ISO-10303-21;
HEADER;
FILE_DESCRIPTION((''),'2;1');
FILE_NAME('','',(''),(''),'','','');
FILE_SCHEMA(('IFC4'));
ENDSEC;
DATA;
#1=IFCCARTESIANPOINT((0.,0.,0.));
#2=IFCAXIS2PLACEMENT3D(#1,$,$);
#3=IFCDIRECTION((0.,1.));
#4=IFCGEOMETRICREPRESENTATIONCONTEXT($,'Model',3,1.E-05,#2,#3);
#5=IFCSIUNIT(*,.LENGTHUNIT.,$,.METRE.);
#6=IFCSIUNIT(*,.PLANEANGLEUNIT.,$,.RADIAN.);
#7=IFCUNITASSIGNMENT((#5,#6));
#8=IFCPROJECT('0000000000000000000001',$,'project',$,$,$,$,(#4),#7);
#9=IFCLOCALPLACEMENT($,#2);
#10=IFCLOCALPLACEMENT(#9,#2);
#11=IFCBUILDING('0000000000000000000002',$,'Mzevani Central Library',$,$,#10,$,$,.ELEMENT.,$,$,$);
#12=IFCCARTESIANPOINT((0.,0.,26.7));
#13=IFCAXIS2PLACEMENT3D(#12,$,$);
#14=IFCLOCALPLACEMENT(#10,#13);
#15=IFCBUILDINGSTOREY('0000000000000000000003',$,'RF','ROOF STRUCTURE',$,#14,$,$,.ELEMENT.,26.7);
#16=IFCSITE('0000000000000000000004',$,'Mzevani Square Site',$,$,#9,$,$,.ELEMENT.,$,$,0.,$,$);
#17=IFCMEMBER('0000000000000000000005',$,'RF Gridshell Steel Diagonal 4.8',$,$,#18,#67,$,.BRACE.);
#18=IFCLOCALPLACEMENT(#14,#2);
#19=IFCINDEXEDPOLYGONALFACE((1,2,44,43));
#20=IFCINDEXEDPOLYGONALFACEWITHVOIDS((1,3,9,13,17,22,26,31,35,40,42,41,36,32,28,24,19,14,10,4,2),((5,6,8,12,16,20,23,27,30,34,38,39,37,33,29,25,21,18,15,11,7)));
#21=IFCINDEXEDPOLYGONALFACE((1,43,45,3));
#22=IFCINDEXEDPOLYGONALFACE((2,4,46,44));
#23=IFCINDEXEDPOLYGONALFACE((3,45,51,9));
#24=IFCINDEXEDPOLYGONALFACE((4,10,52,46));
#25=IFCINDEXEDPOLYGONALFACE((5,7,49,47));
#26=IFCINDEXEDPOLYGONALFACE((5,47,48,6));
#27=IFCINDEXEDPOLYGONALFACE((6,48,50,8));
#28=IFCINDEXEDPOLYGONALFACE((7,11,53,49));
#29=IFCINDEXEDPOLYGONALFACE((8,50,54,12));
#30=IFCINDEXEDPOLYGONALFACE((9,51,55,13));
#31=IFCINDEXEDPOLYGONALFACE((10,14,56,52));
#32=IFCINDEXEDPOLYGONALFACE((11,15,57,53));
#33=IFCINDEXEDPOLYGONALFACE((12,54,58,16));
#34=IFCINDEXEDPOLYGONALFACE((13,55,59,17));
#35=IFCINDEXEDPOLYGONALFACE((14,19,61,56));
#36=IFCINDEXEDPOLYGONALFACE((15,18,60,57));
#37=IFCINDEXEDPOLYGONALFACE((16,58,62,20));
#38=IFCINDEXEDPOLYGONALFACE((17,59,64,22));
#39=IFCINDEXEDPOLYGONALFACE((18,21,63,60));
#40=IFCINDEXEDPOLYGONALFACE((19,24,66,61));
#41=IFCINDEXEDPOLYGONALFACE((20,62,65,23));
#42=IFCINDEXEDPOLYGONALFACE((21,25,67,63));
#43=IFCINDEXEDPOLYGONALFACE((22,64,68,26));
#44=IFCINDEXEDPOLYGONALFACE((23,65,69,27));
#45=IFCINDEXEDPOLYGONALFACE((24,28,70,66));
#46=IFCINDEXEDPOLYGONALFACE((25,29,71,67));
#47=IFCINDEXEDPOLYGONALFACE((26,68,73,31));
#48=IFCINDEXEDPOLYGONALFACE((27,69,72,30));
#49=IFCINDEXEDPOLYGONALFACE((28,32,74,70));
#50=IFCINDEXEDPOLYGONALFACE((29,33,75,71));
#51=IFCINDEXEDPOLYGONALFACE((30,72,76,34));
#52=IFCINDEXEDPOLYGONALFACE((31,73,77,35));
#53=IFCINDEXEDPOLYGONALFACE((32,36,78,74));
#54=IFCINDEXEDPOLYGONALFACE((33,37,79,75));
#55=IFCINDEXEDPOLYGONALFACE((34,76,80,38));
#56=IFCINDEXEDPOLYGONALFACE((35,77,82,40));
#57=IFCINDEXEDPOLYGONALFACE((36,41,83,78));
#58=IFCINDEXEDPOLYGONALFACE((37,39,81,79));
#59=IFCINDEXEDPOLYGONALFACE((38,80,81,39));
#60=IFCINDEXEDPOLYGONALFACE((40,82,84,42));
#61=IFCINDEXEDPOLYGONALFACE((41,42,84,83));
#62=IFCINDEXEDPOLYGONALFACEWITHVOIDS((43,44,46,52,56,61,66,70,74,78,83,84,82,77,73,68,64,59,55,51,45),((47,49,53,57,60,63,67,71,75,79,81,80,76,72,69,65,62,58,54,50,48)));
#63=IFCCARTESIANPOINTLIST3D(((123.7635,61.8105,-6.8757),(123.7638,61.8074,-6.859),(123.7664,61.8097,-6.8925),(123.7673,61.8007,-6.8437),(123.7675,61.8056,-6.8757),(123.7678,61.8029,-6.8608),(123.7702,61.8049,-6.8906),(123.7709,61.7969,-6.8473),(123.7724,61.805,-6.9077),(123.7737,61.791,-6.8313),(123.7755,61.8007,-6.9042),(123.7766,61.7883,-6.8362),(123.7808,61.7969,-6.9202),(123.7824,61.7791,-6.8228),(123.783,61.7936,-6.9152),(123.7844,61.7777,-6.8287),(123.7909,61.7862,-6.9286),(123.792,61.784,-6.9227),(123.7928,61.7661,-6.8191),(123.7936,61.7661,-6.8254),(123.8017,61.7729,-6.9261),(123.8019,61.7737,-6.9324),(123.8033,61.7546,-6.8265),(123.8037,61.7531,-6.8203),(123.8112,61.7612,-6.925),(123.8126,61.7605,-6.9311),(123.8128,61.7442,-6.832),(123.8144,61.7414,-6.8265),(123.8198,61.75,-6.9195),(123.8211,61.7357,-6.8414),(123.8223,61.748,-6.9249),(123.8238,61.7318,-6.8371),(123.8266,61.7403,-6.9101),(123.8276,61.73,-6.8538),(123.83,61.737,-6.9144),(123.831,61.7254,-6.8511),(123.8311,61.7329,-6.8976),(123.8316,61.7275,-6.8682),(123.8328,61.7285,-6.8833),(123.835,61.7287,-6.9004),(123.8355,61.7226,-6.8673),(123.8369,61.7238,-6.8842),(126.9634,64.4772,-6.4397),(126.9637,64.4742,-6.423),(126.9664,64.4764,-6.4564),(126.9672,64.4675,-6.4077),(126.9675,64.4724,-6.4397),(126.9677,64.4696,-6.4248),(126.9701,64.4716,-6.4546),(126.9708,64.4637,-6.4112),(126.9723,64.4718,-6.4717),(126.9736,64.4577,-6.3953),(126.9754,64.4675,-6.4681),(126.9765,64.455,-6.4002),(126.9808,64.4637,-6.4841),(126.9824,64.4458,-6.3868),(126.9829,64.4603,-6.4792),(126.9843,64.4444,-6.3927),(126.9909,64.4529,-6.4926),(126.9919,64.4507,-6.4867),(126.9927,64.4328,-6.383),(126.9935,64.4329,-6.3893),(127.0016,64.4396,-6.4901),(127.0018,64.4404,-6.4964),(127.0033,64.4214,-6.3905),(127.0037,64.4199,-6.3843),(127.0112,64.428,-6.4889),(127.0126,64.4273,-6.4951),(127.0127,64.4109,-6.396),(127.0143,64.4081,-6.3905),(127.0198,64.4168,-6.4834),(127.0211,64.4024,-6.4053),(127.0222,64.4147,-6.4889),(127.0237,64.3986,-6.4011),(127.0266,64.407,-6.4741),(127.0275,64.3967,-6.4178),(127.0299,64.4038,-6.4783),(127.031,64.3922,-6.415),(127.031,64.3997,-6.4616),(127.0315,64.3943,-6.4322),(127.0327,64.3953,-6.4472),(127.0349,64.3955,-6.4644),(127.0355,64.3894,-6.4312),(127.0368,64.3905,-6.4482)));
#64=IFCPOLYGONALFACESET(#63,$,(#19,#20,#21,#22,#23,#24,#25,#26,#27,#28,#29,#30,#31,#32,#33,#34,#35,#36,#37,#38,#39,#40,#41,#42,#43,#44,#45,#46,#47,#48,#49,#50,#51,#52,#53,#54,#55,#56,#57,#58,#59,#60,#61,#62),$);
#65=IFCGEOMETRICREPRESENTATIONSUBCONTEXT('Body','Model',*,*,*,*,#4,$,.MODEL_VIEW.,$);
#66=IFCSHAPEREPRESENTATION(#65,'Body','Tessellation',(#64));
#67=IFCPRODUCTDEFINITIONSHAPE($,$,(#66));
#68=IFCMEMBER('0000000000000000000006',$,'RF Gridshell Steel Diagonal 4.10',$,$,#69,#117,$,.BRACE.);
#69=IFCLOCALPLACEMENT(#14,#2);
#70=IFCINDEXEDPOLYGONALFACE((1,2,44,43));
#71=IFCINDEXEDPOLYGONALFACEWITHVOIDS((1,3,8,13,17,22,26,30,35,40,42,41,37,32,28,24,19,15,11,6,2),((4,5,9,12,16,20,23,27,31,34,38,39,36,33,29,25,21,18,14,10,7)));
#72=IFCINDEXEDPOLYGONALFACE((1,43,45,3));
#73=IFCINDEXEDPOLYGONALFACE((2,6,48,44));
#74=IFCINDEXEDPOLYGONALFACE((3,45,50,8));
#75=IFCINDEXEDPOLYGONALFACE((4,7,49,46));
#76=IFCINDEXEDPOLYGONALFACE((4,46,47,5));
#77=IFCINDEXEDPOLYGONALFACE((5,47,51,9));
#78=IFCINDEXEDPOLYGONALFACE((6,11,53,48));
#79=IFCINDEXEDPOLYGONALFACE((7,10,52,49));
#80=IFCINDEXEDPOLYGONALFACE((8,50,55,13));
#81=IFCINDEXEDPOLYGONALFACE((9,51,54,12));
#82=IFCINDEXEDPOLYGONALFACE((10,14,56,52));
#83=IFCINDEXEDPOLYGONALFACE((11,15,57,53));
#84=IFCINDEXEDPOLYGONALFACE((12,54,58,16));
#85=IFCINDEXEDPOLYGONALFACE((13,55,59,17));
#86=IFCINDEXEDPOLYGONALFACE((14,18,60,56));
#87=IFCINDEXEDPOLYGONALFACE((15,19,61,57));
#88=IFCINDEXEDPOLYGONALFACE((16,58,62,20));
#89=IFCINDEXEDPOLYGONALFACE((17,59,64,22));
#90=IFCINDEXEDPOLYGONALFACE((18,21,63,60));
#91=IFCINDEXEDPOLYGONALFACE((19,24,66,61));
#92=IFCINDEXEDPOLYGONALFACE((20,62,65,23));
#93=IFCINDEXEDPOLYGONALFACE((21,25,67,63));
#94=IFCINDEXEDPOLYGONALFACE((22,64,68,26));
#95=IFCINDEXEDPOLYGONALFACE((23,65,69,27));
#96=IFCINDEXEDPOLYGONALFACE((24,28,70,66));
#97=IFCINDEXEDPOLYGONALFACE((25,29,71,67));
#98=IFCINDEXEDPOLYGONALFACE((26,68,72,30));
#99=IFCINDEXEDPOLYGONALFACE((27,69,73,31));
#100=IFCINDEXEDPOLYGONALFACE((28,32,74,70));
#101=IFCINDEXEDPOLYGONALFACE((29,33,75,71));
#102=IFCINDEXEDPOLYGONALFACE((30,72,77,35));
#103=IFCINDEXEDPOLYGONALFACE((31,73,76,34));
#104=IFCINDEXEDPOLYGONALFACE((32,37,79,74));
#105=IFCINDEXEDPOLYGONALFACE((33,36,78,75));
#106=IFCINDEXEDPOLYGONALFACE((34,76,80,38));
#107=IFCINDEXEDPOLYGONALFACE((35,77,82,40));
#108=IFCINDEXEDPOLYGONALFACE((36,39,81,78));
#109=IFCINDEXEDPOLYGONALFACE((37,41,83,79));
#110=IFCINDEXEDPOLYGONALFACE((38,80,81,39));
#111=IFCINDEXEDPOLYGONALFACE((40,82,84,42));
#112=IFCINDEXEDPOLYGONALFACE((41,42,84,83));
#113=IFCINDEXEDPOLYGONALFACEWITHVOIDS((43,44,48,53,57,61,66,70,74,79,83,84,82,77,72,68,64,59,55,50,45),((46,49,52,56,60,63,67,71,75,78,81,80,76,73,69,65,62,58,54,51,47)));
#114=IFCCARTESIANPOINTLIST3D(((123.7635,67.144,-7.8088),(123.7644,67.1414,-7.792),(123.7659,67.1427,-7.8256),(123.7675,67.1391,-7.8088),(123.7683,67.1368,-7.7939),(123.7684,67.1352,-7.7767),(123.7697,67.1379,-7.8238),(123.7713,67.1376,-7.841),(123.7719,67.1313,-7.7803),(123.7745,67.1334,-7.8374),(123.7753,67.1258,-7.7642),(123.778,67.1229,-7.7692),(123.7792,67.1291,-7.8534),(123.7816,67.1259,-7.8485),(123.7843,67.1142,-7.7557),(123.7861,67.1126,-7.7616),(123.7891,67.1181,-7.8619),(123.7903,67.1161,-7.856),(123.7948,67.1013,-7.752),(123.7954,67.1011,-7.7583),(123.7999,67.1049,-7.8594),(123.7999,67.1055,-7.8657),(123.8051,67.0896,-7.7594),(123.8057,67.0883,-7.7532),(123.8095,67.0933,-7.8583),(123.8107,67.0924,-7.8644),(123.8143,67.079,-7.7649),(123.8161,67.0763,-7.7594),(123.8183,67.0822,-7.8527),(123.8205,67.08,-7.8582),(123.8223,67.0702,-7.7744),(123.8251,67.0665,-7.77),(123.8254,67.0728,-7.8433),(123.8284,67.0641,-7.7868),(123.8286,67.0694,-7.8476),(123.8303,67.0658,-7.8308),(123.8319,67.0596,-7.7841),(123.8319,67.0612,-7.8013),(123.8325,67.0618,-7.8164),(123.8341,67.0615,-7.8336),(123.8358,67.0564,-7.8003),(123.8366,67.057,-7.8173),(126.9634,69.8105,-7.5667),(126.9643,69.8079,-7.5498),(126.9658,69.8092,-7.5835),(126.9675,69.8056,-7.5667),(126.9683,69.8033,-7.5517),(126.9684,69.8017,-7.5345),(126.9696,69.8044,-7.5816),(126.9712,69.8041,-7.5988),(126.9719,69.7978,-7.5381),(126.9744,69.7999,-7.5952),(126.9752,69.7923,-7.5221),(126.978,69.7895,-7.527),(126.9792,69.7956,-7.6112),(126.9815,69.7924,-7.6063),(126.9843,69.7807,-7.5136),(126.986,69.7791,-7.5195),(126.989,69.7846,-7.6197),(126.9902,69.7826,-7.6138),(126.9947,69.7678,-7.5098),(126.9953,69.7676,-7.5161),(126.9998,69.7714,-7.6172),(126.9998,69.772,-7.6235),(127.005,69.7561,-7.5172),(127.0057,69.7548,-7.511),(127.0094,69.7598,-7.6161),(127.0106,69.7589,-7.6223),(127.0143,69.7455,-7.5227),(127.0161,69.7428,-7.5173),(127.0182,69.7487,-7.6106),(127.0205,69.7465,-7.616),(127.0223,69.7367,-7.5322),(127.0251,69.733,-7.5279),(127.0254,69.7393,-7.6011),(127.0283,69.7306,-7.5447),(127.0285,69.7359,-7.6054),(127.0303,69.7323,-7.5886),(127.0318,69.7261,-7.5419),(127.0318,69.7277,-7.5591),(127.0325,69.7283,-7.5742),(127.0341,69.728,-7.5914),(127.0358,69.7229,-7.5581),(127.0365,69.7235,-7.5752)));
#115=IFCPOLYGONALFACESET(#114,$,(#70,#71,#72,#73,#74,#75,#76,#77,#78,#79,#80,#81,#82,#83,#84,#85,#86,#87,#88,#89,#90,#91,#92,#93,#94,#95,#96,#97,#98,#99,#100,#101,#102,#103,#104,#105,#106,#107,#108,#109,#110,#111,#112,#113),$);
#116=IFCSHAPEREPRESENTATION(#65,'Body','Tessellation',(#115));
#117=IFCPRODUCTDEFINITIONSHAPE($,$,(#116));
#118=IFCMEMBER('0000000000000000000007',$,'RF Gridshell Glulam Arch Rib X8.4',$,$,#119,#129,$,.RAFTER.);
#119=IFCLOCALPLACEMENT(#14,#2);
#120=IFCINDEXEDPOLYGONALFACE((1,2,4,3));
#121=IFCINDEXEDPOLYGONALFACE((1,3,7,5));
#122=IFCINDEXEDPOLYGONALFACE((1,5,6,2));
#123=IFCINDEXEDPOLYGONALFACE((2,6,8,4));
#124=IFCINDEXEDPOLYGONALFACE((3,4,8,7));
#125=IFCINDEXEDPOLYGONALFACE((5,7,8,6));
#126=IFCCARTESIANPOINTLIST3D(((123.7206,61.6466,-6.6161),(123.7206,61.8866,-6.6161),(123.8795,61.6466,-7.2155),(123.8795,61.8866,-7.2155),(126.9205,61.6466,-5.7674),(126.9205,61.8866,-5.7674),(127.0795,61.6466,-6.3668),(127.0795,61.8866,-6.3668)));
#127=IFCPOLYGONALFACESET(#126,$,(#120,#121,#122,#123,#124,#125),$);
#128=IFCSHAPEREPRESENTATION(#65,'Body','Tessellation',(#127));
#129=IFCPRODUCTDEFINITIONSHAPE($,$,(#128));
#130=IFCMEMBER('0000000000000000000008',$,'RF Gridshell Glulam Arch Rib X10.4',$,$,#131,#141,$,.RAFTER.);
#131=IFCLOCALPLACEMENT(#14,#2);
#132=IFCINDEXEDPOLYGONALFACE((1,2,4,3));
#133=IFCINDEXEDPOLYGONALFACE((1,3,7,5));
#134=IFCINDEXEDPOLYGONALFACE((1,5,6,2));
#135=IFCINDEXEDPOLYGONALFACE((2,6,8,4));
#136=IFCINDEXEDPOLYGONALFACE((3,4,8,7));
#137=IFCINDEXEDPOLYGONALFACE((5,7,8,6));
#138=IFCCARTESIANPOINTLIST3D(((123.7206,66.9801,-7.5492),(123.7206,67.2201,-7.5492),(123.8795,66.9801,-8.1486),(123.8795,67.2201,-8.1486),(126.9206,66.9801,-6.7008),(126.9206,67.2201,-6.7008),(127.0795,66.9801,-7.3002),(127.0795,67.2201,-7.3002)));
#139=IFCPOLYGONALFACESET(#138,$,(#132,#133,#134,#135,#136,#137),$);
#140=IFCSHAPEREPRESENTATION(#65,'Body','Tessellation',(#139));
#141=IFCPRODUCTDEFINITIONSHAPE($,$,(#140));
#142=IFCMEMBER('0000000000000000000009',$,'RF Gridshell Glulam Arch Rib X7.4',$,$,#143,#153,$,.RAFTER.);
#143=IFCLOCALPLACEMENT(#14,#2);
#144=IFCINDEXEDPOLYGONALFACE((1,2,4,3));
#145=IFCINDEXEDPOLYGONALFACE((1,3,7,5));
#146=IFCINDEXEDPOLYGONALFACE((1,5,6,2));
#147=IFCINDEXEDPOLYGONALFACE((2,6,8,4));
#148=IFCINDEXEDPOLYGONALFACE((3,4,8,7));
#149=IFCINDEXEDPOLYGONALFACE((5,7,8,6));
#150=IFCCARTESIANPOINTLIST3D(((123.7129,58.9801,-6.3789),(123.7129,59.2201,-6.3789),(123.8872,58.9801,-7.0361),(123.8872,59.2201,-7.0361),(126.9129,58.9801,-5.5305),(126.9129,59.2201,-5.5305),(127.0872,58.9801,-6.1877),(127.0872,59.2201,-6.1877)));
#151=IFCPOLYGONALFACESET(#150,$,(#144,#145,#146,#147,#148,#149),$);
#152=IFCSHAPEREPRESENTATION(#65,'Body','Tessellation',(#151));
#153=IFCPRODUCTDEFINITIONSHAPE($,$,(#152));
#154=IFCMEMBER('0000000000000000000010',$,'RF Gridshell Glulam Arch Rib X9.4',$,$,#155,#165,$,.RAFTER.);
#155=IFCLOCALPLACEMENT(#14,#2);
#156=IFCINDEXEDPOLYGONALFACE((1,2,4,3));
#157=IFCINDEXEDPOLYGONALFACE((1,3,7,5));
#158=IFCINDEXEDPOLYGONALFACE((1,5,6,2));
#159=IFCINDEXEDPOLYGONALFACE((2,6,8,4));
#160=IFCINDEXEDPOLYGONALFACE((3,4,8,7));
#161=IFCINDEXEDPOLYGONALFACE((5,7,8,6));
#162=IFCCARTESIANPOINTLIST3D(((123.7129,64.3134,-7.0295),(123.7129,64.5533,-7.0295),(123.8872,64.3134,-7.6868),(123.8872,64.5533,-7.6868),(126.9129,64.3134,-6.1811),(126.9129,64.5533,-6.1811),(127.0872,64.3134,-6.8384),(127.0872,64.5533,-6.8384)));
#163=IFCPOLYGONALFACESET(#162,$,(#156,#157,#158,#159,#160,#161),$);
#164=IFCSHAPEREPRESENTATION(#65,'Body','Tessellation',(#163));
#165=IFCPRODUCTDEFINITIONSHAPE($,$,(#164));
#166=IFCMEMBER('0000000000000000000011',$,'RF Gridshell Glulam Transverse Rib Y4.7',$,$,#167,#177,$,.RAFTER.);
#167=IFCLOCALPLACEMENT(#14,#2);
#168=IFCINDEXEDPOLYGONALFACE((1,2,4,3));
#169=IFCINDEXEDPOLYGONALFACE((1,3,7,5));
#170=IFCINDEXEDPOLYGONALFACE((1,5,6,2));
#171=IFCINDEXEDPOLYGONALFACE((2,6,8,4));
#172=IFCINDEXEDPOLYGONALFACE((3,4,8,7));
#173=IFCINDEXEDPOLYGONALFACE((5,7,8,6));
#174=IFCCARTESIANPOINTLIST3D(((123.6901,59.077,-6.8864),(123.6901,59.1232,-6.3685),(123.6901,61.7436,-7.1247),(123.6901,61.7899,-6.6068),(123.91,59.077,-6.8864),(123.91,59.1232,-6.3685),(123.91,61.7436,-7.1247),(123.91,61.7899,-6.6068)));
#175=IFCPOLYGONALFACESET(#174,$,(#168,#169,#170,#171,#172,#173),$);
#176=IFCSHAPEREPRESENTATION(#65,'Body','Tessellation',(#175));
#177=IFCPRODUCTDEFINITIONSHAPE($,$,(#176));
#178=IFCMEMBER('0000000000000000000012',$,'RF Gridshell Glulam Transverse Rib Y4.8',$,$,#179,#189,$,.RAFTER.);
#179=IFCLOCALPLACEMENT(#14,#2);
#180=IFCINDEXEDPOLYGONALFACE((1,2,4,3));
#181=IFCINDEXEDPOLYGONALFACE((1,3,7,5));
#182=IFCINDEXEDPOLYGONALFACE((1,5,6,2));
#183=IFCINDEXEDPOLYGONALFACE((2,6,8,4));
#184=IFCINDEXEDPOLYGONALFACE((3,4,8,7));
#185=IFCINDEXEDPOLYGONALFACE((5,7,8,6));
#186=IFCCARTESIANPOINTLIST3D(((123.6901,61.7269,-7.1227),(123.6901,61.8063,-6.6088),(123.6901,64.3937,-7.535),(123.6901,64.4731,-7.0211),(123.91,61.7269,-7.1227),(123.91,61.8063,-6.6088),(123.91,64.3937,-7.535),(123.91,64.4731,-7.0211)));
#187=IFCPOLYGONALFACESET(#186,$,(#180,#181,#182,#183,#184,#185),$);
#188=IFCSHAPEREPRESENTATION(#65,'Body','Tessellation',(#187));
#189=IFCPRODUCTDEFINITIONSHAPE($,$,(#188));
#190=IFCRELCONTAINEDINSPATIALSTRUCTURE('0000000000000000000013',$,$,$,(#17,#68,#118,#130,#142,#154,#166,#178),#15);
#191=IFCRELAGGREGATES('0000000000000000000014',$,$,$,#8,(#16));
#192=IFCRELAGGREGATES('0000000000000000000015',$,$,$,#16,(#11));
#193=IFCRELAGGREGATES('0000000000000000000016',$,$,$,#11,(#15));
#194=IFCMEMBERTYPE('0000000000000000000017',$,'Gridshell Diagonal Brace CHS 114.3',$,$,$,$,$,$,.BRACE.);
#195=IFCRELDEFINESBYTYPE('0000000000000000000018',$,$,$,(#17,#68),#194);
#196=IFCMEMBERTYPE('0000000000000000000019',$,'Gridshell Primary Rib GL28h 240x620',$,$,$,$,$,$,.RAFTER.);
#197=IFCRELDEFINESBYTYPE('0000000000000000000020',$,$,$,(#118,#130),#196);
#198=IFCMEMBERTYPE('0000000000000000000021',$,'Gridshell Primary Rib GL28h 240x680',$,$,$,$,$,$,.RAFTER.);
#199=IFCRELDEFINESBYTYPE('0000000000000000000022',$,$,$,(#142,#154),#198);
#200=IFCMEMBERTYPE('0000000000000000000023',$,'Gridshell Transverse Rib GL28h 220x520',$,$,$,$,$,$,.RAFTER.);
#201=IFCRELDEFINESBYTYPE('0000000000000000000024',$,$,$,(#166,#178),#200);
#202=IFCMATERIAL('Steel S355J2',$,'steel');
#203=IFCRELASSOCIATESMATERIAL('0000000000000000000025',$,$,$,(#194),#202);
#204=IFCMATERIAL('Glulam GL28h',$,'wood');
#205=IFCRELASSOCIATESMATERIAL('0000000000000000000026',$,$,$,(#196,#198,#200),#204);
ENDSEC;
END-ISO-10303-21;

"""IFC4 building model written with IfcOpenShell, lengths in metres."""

from ifc_helpers import new_model, si_unit, direction, frame, origin, origin_2d, place, context, subcontext, project, spatial, rectangle, hollow_circle, extrude, material, material_profile, profile_set, type_object, element, save


model = new_model("IFC4")

# Units and contexts
model_context = context("Model", 3, precision=1e-05, world=origin(), true_north=direction((0.0, 1.0)))
body_context = subcontext(model_context, "Body", "Model", "MODEL_VIEW")
ifc_project = project(units=[si_unit("LENGTHUNIT", "METRE"), si_unit("PLANEANGLEUNIT", "RADIAN")], contexts=[model_context])

# Site, building, storey
site_placement = place(None, origin())
site = spatial("IfcSite", under=ifc_project, at=site_placement, Name="Mzevani Square Site", CompositionType="ELEMENT", RefElevation=0.0)
building_placement = place(site_placement, origin())
building = spatial("IfcBuilding", under=site, at=building_placement, Name="Mzevani Central Library", CompositionType="ELEMENT")
storey_placement = place(building_placement, frame((0.0, 0.0, 26.7)))
storey = spatial("IfcBuildingStorey", under=building, at=storey_placement, Name="RF", Description="ROOF STRUCTURE", CompositionType="ELEMENT", Elevation=26.7)

# Members
ifc_material_1 = material(Name="Steel S355J2", Category="steel")
ifc_material_profile_1 = material_profile(ifc_material_1, hollow_circle(Radius=0.0571, WallThickness=0.0063, at=origin_2d()), Name="CHS 114.3x6.3")
ifc_profile_set_1 = profile_set([ifc_material_profile_1], Name="Steel S355J2")
member_type_1 = type_object("IfcMemberType", Name="Gridshell Diagonal Brace CHS 114.3", PredefinedType="BRACE", material=ifc_profile_set_1)
member_1_placement = place(storey_placement, frame((123.8, 61.7666, -6.8757), z_axis=(0.764032, 0.636723, 0.104109), x_axis=(-0.640202, 0.768207, 0.0)))
element("IfcMember", 1, at=member_1_placement, inside=storey, type_object=member_type_1, Name="RF Gridshell Steel Diagonal 4.8", PredefinedType="BRACE", context=body_context, shape_type="SweptSolid", body=[
    extrude(hollow_circle(Radius=0.0571, WallThickness=0.0063, at=origin_2d()), origin(), (0.0, 0.0, 1.0), 4.1882),
])
member_2_placement = place(storey_placement, frame((123.8, 67.1001, -7.8088), z_axis=(0.76694, 0.639088, 0.058046), x_axis=(-0.640167, 0.768236, 0.0)))
element("IfcMember", 2, at=member_2_placement, inside=storey, type_object=member_type_1, Name="RF Gridshell Steel Diagonal 4.10", PredefinedType="BRACE", context=body_context, shape_type="SweptSolid", body=[
    extrude(hollow_circle(Radius=0.0571, WallThickness=0.0063, at=origin_2d()), origin(), (0.0, 0.0, 1.0), 4.1724),
])
ifc_material_2 = material(Name="Glulam GL28h", Category="wood")
ifc_material_profile_2 = material_profile(ifc_material_2, rectangle(XDim=0.24, YDim=0.6201, at=origin_2d()), Name="GL28h 240x620")
ifc_profile_set_2 = profile_set([ifc_material_profile_2], Name="Glulam GL28h")
member_type_2 = type_object("IfcMemberType", Name="Gridshell Primary Rib GL28h 240x620", PredefinedType="RAFTER", material=ifc_profile_set_2)
for number, where, z_axis, x_axis, name in (
    (3, (123.8, 61.7666, -6.9158), (0.966587, 0.0, 0.25634), (0.0, 1.0, 0.0), "RF Gridshell Glulam Arch Rib X8.4"),
    (4, (123.8, 67.1001, -7.8489), (0.966605, 0.0, 0.256272), (0.0, 1.0, 0.0), "RF Gridshell Glulam Arch Rib X10.4"),
):
    element("IfcMember", number, at=place(storey_placement, frame(where, z_axis=z_axis, x_axis=x_axis)), inside=storey, type_object=member_type_2, Name=name, PredefinedType="RAFTER", context=body_context, shape_type="SweptSolid", body=[
        extrude(rectangle(XDim=0.24, YDim=0.6201, at=origin_2d()), origin(), (0.0, 0.0, 1.0), 3.3105),
    ])
ifc_material_profile_3 = material_profile(ifc_material_2, rectangle(XDim=0.24, YDim=0.6799, at=origin_2d()), Name="GL28h 240x680")
ifc_profile_set_3 = profile_set([ifc_material_profile_3], Name="Glulam GL28h")
member_type_3 = type_object("IfcMemberType", Name="Gridshell Primary Rib GL28h 240x680", PredefinedType="RAFTER", material=ifc_profile_set_3)
for number, where, z_axis, x_axis, name in (
    (5, (123.8, 59.1001, -6.7075), (0.966605, 0.0, 0.256272), (0.0, 1.0, 0.0), "RF Gridshell Glulam Arch Rib X7.4"),
    (6, (123.8, 64.4333, -7.3582), (0.966605, 0.0, 0.256272), (0.0, 1.0, 0.0), "RF Gridshell Glulam Arch Rib X9.4"),
):
    element("IfcMember", number, at=place(storey_placement, frame(where, z_axis=z_axis, x_axis=x_axis)), inside=storey, type_object=member_type_3, Name=name, PredefinedType="RAFTER", context=body_context, shape_type="SweptSolid", body=[
        extrude(rectangle(XDim=0.24, YDim=0.6799, at=origin_2d()), origin(), (0.0, 0.0, 1.0), 3.3105),
    ])
ifc_material_profile_4 = material_profile(ifc_material_2, rectangle(XDim=0.22, YDim=0.52, at=origin_2d()), Name="GL28h 220x520")
ifc_profile_set_4 = profile_set([ifc_material_profile_4], Name="Glulam GL28h")
member_type_4 = type_object("IfcMemberType", Name="Gridshell Transverse Rib GL28h 220x520", PredefinedType="RAFTER", material=ifc_profile_set_4)
member_3_placement = place(storey_placement, frame((123.8, 59.1001, -6.6274), z_axis=(0.0, 0.996031, -0.089006), x_axis=(-1.0, 0.0, 0.0)))
element("IfcMember", 7, at=member_3_placement, inside=storey, type_object=member_type_4, Name="RF Gridshell Glulam Transverse Rib Y4.7", PredefinedType="RAFTER", context=body_context, shape_type="SweptSolid", body=[
    extrude(rectangle(XDim=0.22, YDim=0.52, at=origin_2d()), origin(), (0.0, 0.0, 1.0), 2.6772),
])
member_4_placement = place(storey_placement, frame((123.8, 61.7666, -6.8657), z_axis=(0.0, 0.988255, -0.152812), x_axis=(-1.0, 0.0, 0.0)))
element("IfcMember", 8, at=member_4_placement, inside=storey, type_object=member_type_4, Name="RF Gridshell Glulam Transverse Rib Y4.8", PredefinedType="RAFTER", context=body_context, shape_type="SweptSolid", body=[
    extrude(rectangle(XDim=0.22, YDim=0.52, at=origin_2d()), origin(), (0.0, 0.0, 1.0), 2.6985),
])

save(model, "model.ifc")
